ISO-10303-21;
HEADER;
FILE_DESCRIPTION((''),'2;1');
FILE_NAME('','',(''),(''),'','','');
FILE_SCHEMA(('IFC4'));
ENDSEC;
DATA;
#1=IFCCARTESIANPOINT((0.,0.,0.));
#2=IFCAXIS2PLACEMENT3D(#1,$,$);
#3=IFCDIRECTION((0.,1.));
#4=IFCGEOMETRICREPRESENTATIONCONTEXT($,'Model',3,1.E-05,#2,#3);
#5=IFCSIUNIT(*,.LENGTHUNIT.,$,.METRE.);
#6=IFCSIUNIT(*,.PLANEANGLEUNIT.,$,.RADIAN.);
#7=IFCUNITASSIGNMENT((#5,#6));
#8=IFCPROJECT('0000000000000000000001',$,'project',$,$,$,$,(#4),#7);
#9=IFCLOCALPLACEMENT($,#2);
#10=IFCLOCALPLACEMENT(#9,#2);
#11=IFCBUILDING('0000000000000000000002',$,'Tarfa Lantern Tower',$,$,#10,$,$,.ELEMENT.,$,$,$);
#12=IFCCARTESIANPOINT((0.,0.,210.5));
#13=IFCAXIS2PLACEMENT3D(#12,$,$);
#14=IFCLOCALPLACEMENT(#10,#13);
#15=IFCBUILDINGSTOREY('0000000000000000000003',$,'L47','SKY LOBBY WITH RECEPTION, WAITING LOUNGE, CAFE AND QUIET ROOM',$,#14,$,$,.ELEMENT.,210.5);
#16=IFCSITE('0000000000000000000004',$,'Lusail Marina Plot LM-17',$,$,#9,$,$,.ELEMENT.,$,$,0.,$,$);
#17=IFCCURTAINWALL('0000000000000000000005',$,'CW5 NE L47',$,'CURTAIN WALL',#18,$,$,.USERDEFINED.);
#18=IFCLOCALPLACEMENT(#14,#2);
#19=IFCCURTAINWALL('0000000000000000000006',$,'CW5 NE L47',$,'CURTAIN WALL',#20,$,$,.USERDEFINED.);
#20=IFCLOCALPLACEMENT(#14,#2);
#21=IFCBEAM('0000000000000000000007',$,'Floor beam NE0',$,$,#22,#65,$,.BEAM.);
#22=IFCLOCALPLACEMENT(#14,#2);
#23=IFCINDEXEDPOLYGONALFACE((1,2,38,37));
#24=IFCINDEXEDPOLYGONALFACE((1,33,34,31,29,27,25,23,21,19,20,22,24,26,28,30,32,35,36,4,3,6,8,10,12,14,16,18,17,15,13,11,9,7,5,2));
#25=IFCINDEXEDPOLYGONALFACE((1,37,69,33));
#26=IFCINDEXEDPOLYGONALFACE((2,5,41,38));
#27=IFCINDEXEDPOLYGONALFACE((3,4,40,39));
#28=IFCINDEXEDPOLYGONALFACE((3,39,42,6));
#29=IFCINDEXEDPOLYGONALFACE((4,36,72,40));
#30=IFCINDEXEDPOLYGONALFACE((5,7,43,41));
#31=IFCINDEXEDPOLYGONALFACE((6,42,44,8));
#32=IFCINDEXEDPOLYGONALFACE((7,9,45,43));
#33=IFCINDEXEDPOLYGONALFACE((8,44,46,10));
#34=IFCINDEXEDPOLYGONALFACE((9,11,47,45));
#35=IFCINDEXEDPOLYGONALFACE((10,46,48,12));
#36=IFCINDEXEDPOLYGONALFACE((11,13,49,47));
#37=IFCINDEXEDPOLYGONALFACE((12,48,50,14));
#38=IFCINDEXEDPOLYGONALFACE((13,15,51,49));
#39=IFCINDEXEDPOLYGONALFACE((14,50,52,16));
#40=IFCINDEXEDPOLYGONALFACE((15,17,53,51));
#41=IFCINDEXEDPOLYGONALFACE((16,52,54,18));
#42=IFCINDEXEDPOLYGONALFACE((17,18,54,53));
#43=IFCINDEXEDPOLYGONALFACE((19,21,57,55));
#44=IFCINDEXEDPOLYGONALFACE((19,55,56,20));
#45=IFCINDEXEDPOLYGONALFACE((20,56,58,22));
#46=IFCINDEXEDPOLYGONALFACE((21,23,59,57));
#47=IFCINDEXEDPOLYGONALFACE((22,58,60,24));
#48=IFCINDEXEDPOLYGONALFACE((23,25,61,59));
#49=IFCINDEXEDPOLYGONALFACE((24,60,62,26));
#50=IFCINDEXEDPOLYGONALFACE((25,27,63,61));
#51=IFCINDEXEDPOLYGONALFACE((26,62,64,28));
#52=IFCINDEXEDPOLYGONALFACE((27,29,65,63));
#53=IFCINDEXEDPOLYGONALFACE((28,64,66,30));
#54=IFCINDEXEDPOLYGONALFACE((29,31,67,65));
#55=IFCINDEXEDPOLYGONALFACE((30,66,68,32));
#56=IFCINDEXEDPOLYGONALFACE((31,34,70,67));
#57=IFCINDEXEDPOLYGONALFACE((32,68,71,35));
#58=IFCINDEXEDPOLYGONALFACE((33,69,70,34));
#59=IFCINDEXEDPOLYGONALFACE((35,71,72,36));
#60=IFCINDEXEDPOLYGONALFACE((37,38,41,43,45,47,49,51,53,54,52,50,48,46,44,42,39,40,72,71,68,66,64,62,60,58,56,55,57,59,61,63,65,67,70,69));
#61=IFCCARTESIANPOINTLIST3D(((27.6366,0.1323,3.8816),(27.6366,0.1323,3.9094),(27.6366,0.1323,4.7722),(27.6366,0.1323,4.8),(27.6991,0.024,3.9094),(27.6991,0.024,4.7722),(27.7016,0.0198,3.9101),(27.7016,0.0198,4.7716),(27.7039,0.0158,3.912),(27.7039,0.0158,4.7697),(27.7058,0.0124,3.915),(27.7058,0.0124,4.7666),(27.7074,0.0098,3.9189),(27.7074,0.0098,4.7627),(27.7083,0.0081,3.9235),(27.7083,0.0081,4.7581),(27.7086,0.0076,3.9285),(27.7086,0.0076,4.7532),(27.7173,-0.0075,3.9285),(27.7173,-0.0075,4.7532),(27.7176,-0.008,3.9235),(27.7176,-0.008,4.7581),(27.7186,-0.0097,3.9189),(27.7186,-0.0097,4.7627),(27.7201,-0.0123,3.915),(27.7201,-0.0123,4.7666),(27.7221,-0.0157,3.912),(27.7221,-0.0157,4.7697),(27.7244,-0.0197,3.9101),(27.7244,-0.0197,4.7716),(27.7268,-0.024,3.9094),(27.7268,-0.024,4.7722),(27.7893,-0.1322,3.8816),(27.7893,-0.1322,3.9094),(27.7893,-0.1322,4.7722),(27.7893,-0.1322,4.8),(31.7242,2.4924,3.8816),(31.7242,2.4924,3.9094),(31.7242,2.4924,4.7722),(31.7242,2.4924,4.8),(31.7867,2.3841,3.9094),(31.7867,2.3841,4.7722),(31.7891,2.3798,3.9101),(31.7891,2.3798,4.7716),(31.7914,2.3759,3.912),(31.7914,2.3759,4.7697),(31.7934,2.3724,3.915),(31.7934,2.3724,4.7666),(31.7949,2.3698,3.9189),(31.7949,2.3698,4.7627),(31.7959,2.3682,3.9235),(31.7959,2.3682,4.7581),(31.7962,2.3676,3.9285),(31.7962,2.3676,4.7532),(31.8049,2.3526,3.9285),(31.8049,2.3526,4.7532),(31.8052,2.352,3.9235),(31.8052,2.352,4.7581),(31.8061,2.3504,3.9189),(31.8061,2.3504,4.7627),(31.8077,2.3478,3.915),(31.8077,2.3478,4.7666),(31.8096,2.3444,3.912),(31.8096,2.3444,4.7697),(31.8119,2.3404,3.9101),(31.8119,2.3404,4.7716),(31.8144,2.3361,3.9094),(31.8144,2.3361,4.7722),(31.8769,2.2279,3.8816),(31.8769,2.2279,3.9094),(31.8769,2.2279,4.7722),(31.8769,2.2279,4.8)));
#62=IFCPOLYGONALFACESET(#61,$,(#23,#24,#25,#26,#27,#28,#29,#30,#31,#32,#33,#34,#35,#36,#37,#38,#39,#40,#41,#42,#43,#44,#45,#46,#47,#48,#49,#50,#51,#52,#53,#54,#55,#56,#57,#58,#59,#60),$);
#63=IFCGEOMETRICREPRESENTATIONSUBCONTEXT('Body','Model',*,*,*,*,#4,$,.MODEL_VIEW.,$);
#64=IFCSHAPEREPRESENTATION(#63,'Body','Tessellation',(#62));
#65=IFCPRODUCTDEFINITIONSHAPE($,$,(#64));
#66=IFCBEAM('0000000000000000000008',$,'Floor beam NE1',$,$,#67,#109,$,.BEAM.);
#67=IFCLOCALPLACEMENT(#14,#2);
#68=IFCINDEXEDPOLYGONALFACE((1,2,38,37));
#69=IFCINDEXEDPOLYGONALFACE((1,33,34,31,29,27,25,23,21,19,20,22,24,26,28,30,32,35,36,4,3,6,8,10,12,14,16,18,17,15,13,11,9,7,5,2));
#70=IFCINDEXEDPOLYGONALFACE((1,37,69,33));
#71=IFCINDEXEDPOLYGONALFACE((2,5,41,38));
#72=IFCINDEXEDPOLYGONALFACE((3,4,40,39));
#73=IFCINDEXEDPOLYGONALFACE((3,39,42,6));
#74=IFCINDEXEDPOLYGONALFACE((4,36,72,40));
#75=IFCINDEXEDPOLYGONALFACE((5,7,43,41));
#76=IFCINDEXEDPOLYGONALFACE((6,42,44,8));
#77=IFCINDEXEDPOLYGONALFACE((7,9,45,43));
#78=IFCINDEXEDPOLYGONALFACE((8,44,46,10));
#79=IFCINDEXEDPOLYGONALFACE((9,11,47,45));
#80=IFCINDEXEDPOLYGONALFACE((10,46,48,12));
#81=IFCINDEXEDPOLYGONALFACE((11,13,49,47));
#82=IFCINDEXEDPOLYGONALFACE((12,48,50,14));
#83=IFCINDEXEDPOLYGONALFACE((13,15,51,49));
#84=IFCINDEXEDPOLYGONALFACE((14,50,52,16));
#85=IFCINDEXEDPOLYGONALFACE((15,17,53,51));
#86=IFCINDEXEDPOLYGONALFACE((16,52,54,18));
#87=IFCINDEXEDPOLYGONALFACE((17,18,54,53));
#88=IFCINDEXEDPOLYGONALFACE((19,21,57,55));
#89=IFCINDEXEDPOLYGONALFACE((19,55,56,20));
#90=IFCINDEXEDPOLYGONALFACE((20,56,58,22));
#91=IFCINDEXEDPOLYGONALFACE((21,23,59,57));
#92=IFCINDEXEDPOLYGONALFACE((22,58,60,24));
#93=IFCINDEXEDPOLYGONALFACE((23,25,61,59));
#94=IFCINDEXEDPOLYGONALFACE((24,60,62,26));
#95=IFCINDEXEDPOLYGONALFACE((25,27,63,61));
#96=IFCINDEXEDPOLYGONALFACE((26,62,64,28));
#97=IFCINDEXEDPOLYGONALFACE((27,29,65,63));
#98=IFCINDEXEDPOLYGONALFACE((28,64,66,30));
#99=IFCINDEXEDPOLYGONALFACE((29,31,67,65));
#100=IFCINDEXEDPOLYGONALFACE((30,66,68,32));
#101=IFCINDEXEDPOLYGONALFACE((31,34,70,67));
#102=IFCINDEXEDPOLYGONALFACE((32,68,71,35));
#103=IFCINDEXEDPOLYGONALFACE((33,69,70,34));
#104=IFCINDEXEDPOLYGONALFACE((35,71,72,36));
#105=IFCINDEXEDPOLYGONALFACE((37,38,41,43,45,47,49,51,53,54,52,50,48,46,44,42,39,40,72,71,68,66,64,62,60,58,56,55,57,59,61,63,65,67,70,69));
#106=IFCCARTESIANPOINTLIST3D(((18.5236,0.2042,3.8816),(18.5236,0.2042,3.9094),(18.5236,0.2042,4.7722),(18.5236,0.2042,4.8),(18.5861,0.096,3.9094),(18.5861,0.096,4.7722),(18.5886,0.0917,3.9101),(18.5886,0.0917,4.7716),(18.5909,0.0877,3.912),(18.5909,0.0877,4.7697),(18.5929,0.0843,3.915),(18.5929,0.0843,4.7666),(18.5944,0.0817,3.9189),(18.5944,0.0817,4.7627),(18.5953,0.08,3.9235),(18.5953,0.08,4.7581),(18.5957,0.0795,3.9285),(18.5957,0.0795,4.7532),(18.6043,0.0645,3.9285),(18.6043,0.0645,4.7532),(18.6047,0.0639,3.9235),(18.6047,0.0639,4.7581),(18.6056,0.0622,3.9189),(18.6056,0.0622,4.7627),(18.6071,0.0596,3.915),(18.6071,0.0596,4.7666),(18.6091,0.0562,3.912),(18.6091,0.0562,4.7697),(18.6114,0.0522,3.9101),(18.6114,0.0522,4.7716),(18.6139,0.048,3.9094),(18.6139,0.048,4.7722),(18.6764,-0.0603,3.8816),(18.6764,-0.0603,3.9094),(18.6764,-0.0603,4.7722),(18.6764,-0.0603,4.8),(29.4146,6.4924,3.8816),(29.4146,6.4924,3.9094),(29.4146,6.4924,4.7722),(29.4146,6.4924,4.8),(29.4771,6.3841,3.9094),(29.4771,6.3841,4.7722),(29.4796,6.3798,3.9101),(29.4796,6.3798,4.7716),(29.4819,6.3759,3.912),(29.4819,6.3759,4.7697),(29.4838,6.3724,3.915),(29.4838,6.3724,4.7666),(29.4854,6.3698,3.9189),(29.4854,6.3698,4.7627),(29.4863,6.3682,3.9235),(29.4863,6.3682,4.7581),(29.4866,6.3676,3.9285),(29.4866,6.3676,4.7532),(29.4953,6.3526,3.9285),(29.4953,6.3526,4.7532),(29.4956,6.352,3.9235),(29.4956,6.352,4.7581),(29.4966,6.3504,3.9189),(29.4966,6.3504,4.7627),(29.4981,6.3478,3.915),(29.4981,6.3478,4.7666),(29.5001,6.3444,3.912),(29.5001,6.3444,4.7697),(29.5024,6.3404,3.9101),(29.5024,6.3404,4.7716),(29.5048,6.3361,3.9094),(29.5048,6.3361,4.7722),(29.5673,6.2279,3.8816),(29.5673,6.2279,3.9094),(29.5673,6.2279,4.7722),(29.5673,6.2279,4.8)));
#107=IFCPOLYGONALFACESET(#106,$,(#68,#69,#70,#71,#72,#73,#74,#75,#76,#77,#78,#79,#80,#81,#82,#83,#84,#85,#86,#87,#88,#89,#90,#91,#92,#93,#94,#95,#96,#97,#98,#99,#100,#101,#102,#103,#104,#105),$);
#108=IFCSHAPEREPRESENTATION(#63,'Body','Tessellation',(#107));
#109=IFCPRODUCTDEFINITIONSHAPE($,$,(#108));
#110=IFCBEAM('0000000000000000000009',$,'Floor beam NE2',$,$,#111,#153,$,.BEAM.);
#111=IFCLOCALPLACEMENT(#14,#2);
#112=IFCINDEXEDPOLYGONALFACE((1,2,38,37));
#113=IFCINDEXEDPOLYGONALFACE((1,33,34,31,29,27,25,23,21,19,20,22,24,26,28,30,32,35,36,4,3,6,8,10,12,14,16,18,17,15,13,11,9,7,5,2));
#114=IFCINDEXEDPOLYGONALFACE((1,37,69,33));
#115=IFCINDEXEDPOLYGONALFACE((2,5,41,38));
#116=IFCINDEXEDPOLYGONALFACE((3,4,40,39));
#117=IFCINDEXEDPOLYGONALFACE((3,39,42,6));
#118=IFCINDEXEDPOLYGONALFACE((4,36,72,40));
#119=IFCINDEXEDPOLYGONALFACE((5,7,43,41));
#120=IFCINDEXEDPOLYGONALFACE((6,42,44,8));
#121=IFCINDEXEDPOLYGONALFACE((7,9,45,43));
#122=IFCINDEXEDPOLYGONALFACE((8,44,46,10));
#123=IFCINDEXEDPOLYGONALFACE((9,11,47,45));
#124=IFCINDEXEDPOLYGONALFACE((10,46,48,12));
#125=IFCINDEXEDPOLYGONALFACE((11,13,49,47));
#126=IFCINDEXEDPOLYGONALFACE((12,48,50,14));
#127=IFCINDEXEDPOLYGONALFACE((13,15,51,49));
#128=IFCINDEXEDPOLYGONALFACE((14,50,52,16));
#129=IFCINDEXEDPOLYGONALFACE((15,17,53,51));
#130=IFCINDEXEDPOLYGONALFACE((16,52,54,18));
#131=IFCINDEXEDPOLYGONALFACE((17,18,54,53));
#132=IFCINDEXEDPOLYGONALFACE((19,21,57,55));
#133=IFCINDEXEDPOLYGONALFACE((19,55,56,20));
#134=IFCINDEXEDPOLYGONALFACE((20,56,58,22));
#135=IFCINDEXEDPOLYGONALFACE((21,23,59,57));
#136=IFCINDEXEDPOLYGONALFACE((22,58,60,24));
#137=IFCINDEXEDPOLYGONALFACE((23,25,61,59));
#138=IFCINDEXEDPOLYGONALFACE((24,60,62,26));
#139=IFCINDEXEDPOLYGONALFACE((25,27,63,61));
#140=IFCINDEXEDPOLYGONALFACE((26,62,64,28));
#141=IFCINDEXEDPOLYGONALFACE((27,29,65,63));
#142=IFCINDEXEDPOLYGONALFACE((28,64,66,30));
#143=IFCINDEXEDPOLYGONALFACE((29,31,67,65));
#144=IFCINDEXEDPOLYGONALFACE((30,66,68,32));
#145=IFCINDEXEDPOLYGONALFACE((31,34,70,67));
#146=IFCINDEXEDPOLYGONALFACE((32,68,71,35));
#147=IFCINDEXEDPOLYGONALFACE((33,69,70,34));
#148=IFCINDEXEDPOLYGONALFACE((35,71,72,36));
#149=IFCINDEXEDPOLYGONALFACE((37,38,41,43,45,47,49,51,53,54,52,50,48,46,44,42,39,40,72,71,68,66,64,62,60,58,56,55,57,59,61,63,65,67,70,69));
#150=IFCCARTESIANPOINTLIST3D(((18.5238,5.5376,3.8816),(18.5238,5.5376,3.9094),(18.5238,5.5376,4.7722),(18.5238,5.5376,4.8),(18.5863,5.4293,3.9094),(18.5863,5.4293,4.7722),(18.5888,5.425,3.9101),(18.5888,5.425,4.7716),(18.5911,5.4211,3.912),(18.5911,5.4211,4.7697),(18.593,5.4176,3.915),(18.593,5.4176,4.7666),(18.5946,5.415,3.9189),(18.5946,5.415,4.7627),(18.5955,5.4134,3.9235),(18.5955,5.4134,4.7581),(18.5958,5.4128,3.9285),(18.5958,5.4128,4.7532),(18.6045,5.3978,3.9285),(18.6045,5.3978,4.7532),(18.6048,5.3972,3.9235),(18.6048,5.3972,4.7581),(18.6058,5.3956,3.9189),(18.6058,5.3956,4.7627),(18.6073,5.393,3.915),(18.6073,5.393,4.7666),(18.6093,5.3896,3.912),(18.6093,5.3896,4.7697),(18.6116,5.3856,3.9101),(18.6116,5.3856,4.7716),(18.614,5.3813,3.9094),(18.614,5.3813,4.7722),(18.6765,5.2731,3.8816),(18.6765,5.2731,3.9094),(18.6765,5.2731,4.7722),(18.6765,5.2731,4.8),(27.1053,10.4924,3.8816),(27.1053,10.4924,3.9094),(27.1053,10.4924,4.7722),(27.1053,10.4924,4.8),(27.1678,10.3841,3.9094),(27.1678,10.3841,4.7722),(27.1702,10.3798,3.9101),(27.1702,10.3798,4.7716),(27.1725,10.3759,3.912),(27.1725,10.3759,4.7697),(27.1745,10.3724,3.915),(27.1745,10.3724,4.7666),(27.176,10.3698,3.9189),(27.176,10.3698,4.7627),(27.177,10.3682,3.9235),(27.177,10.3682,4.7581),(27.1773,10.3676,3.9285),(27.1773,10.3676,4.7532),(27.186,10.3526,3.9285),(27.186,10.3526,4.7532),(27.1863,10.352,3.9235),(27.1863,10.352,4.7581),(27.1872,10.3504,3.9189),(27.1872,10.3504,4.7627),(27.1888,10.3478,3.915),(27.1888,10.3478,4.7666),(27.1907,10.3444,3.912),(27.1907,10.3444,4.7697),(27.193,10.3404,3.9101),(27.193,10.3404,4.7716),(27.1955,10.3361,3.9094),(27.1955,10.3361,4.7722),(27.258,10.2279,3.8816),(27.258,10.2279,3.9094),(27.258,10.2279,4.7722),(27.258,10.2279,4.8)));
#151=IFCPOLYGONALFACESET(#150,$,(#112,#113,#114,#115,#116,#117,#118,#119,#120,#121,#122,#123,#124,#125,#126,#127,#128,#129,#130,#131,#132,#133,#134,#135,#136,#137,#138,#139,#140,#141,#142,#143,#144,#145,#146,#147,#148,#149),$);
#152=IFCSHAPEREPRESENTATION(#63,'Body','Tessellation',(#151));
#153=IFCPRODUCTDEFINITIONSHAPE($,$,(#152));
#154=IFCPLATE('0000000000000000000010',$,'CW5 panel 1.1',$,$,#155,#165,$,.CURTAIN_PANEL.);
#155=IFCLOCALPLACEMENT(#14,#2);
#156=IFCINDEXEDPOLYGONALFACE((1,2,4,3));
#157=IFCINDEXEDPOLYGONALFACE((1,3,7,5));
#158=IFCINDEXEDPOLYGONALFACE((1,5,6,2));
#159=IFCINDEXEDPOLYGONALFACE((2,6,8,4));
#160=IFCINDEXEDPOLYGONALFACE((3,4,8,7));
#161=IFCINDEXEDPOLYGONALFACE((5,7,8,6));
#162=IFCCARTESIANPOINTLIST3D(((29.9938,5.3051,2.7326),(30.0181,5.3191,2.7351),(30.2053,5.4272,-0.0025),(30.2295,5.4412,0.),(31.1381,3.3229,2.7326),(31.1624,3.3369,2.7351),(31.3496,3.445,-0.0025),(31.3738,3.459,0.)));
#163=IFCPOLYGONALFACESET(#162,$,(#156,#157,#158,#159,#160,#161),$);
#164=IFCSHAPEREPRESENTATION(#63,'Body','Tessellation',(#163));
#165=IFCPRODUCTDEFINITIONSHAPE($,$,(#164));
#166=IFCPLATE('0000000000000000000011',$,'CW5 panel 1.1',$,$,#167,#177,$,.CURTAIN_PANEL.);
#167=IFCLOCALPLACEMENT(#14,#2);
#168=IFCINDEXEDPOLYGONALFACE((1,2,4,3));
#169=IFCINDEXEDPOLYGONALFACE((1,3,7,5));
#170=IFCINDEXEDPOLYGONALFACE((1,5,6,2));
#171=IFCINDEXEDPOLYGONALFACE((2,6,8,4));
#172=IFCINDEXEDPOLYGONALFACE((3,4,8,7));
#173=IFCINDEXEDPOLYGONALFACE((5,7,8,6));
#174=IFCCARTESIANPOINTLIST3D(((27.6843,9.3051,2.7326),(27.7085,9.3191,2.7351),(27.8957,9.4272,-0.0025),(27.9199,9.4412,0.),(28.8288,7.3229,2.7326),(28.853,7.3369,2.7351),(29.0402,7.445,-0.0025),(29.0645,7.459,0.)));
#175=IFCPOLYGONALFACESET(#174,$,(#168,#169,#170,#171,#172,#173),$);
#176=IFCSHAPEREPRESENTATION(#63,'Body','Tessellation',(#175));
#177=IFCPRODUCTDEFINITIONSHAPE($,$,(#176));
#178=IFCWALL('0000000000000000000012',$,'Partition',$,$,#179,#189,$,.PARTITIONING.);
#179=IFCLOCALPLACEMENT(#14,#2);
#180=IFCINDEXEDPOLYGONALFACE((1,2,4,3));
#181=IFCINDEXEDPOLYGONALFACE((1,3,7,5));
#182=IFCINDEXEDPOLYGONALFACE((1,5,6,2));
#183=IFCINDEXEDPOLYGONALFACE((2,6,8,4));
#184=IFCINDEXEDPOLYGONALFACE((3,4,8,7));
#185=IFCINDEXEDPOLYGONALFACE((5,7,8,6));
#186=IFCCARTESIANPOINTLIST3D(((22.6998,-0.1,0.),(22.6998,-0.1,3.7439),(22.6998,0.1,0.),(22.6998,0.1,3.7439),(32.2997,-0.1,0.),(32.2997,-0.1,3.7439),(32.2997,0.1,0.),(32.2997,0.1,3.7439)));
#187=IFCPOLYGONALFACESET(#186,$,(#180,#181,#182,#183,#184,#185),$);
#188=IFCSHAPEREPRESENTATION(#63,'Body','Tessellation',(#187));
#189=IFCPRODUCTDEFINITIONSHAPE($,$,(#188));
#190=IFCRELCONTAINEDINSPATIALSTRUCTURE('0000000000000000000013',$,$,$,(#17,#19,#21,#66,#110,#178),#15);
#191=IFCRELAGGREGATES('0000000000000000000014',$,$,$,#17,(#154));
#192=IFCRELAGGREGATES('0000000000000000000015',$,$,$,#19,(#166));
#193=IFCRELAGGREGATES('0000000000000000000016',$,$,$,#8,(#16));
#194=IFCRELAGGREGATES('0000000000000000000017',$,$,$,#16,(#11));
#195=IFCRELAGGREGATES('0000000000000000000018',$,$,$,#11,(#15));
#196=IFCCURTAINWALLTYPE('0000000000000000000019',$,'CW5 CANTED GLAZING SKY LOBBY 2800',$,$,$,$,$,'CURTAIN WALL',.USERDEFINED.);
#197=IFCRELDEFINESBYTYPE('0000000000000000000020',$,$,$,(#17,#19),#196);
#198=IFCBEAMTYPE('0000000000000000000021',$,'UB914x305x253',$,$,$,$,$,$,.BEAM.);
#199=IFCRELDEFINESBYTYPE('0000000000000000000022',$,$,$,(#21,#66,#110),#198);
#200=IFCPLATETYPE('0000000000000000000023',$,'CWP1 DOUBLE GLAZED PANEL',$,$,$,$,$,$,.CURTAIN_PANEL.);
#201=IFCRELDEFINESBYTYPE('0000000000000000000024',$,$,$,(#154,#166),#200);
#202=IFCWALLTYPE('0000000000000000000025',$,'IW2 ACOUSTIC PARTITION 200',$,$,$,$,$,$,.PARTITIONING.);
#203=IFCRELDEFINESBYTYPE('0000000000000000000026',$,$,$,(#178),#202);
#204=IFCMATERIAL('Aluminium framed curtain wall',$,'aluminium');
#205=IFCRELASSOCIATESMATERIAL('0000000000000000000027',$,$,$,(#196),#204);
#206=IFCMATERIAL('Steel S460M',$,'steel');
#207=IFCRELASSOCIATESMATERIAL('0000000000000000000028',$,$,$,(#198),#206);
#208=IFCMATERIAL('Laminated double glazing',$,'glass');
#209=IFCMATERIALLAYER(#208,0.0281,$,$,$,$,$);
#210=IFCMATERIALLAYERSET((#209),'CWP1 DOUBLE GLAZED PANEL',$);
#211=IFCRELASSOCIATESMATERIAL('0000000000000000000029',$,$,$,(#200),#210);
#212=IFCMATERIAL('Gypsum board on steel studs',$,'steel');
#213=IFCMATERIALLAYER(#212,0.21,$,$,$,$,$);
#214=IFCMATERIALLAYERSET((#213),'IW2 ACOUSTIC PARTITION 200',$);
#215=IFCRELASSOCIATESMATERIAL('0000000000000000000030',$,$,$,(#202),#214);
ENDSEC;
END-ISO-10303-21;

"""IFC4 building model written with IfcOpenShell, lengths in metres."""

from ifc_helpers import new_model, si_unit, direction, frame, frame_2d, origin, origin_2d, place, context, subcontext, project, spatial, polyline, rectangle, i_section, outline, extrude, material, layer, layer_set, material_profile, profile_set, type_object, element, aggregate, save


model = new_model("IFC4")

# Units and contexts
model_context = context("Model", 3, precision=1e-05, world=origin(), true_north=direction((0.0, 1.0)))
body_context = subcontext(model_context, "Body", "Model", "MODEL_VIEW")
ifc_project = project(units=[si_unit("LENGTHUNIT", "METRE"), si_unit("PLANEANGLEUNIT", "RADIAN")], contexts=[model_context])

# Site, building, storey
site_placement = place(None, origin())
site = spatial("IfcSite", under=ifc_project, at=site_placement, Name="Lusail Marina Plot LM-17", CompositionType="ELEMENT", RefElevation=0.0)
building_placement = place(site_placement, origin())
building = spatial("IfcBuilding", under=site, at=building_placement, Name="Tarfa Lantern Tower", CompositionType="ELEMENT")
storey_placement = place(building_placement, frame((0.0, 0.0, 210.5)))
storey = spatial("IfcBuildingStorey", under=building, at=storey_placement, Name="L47", Description="SKY LOBBY WITH RECEPTION, WAITING LOUNGE, CAFE AND QUIET ROOM", CompositionType="ELEMENT", Elevation=210.5)

# Shared definitions
ifc_material_1 = material(Name="Steel S460M", Category="steel")

# Curtain walls
ifc_material_2 = material(Name="Aluminium framed curtain wall", Category="aluminium")
curtain_wall_type = type_object("IfcCurtainWallType", Name="CW5 CANTED GLAZING SKY LOBBY 2800", ElementType="CURTAIN WALL", PredefinedType="USERDEFINED", material=ifc_material_2)
curtain_wall_1_placement = place(storey_placement, origin())
curtain_wall_1 = element("IfcCurtainWall", 1, at=curtain_wall_1_placement, inside=storey, type_object=curtain_wall_type, Name="CW5 NE L47", ObjectType="CURTAIN WALL", PredefinedType="USERDEFINED")
curtain_wall_2_placement = place(storey_placement, origin())
curtain_wall_2 = element("IfcCurtainWall", 2, at=curtain_wall_2_placement, inside=storey, type_object=curtain_wall_type, Name="CW5 NE L47", ObjectType="CURTAIN WALL", PredefinedType="USERDEFINED")

# Beams
ifc_material_profile_1 = material_profile(ifc_material_1, i_section(OverallWidth=0.3054, OverallDepth=0.9185, WebThickness=0.0173, FlangeThickness=0.0278, FilletRadius=0.019, at=origin_2d()), Name="UB914x305x253")
ifc_profile_set_1 = profile_set([ifc_material_profile_1], Name="Steel S460M")
beam_type_1 = type_object("IfcBeamType", Name="UB914x305x253", PredefinedType="BEAM", material=ifc_profile_set_1)
beam_1_placement = place(storey_placement, frame((31.8005, 2.3601, 4.3408), z_axis=(-0.866016, -0.500016, 0.0), x_axis=(0.500016, -0.866016, 0.0)))
element("IfcBeam", 3, at=beam_1_placement, inside=storey, type_object=beam_type_1, Name="Floor beam NE0", PredefinedType="BEAM", context=body_context, shape_type="SweptSolid", body=[
    extrude(i_section(OverallWidth=0.3054, OverallDepth=0.9185, WebThickness=0.0173, FlangeThickness=0.0278, FilletRadius=0.019, at=origin_2d()), origin(), (0.0, 0.0, 1.0), 4.72),
])
beam_2_placement = place(storey_placement, frame((29.491, 6.3601, 4.3408), z_axis=(-0.866017, -0.500014, 0.0), x_axis=(0.500014, -0.866017, 0.0)))
element("IfcBeam", 4, at=beam_2_placement, inside=storey, type_object=beam_type_1, Name="Floor beam NE1", PredefinedType="BEAM", context=body_context, shape_type="SweptSolid", body=[
    extrude(i_section(OverallWidth=0.3054, OverallDepth=0.9185, WebThickness=0.0173, FlangeThickness=0.0278, FilletRadius=0.019, at=origin_2d()), origin(), (0.0, 0.0, 1.0), 12.5759),
])
beam_3_placement = place(storey_placement, frame((27.1816, 10.3601, 4.3408), z_axis=(-0.866013, -0.500021, 0.0), x_axis=(0.500021, -0.866013, 0.0)))
element("IfcBeam", 5, at=beam_3_placement, inside=storey, type_object=beam_type_1, Name="Floor beam NE2", PredefinedType="BEAM", context=body_context, shape_type="SweptSolid", body=[
    extrude(i_section(OverallWidth=0.3054, OverallDepth=0.9185, WebThickness=0.0173, FlangeThickness=0.0278, FilletRadius=0.019, at=origin_2d()), origin(), (0.0, 0.0, 1.0), 9.9092),
])

# Plates
ifc_material_3 = material(Name="Laminated double glazing", Category="glass")
ifc_layer_1 = layer(ifc_material_3, 0.0281)
ifc_layer_set_1 = layer_set([ifc_layer_1], Name="CWP1 DOUBLE GLAZED PANEL")
plate_type = type_object("IfcPlateType", Name="CWP1 DOUBLE GLAZED PANEL", PredefinedType="CURTAIN_PANEL", material=ifc_layer_set_1)
plate_1_placement = place(storey_placement, frame((31.3738, 3.459, 0.0), z_axis=(0.862619, 0.49798, 0.088906), x_axis=(-0.499959, 0.866049, 0.0)))
plate_1 = element("IfcPlate", 6, at=plate_1_placement, type_object=plate_type, Name="CW5 panel 1.1", PredefinedType="CURTAIN_PANEL", context=body_context, shape_type="SweptSolid", body=[
    extrude(outline(polyline([(0.0, 0.0), (2.2888, 0.0), (2.2887, 2.746), (0.0, 2.746), (0.0, 0.0)])), origin(), (0.0, 0.0, -1.0), 0.0281),
])
aggregate(curtain_wall_1, [plate_1])
plate_2_placement = place(storey_placement, frame((29.0645, 7.459, 0.0), z_axis=(0.862573, 0.498059, 0.088906), x_axis=(-0.500039, 0.866003, 0.0)))
plate_2 = element("IfcPlate", 7, at=plate_2_placement, type_object=plate_type, Name="CW5 panel 1.1", PredefinedType="CURTAIN_PANEL", context=body_context, shape_type="SweptSolid", body=[
    extrude(outline(polyline([(0.0, 0.0), (2.2889, 0.0), (2.2889, 2.746), (0.0, 2.746), (0.0, 0.0)])), origin(), (0.0, 0.0, -1.0), 0.0281),
])
aggregate(curtain_wall_2, [plate_2])

# Wall
ifc_material_4 = material(Name="Gypsum board on steel studs", Category="steel")
ifc_layer_2 = layer(ifc_material_4, 0.21)
ifc_layer_set_2 = layer_set([ifc_layer_2], Name="IW2 ACOUSTIC PARTITION 200")
wall_type = type_object("IfcWallType", Name="IW2 ACOUSTIC PARTITION 200", PredefinedType="PARTITIONING", material=ifc_layer_set_2)
wall_placement = place(storey_placement, frame((22.7, 0.0, 0.0), z_axis=(0.0, 0.0, 1.0), x_axis=(1.0, 0.0, 0.0)))
element("IfcWall", 8, at=wall_placement, inside=storey, type_object=wall_type, Name="Partition", PredefinedType="PARTITIONING", context=body_context, shape_type="SweptSolid", body=[
    extrude(rectangle(XDim=9.5999, YDim=0.2, at=frame_2d((4.7998, 0.0))), origin(), (0.0, 0.0, 1.0), 3.7439),
])

save(model, "model.ifc")
